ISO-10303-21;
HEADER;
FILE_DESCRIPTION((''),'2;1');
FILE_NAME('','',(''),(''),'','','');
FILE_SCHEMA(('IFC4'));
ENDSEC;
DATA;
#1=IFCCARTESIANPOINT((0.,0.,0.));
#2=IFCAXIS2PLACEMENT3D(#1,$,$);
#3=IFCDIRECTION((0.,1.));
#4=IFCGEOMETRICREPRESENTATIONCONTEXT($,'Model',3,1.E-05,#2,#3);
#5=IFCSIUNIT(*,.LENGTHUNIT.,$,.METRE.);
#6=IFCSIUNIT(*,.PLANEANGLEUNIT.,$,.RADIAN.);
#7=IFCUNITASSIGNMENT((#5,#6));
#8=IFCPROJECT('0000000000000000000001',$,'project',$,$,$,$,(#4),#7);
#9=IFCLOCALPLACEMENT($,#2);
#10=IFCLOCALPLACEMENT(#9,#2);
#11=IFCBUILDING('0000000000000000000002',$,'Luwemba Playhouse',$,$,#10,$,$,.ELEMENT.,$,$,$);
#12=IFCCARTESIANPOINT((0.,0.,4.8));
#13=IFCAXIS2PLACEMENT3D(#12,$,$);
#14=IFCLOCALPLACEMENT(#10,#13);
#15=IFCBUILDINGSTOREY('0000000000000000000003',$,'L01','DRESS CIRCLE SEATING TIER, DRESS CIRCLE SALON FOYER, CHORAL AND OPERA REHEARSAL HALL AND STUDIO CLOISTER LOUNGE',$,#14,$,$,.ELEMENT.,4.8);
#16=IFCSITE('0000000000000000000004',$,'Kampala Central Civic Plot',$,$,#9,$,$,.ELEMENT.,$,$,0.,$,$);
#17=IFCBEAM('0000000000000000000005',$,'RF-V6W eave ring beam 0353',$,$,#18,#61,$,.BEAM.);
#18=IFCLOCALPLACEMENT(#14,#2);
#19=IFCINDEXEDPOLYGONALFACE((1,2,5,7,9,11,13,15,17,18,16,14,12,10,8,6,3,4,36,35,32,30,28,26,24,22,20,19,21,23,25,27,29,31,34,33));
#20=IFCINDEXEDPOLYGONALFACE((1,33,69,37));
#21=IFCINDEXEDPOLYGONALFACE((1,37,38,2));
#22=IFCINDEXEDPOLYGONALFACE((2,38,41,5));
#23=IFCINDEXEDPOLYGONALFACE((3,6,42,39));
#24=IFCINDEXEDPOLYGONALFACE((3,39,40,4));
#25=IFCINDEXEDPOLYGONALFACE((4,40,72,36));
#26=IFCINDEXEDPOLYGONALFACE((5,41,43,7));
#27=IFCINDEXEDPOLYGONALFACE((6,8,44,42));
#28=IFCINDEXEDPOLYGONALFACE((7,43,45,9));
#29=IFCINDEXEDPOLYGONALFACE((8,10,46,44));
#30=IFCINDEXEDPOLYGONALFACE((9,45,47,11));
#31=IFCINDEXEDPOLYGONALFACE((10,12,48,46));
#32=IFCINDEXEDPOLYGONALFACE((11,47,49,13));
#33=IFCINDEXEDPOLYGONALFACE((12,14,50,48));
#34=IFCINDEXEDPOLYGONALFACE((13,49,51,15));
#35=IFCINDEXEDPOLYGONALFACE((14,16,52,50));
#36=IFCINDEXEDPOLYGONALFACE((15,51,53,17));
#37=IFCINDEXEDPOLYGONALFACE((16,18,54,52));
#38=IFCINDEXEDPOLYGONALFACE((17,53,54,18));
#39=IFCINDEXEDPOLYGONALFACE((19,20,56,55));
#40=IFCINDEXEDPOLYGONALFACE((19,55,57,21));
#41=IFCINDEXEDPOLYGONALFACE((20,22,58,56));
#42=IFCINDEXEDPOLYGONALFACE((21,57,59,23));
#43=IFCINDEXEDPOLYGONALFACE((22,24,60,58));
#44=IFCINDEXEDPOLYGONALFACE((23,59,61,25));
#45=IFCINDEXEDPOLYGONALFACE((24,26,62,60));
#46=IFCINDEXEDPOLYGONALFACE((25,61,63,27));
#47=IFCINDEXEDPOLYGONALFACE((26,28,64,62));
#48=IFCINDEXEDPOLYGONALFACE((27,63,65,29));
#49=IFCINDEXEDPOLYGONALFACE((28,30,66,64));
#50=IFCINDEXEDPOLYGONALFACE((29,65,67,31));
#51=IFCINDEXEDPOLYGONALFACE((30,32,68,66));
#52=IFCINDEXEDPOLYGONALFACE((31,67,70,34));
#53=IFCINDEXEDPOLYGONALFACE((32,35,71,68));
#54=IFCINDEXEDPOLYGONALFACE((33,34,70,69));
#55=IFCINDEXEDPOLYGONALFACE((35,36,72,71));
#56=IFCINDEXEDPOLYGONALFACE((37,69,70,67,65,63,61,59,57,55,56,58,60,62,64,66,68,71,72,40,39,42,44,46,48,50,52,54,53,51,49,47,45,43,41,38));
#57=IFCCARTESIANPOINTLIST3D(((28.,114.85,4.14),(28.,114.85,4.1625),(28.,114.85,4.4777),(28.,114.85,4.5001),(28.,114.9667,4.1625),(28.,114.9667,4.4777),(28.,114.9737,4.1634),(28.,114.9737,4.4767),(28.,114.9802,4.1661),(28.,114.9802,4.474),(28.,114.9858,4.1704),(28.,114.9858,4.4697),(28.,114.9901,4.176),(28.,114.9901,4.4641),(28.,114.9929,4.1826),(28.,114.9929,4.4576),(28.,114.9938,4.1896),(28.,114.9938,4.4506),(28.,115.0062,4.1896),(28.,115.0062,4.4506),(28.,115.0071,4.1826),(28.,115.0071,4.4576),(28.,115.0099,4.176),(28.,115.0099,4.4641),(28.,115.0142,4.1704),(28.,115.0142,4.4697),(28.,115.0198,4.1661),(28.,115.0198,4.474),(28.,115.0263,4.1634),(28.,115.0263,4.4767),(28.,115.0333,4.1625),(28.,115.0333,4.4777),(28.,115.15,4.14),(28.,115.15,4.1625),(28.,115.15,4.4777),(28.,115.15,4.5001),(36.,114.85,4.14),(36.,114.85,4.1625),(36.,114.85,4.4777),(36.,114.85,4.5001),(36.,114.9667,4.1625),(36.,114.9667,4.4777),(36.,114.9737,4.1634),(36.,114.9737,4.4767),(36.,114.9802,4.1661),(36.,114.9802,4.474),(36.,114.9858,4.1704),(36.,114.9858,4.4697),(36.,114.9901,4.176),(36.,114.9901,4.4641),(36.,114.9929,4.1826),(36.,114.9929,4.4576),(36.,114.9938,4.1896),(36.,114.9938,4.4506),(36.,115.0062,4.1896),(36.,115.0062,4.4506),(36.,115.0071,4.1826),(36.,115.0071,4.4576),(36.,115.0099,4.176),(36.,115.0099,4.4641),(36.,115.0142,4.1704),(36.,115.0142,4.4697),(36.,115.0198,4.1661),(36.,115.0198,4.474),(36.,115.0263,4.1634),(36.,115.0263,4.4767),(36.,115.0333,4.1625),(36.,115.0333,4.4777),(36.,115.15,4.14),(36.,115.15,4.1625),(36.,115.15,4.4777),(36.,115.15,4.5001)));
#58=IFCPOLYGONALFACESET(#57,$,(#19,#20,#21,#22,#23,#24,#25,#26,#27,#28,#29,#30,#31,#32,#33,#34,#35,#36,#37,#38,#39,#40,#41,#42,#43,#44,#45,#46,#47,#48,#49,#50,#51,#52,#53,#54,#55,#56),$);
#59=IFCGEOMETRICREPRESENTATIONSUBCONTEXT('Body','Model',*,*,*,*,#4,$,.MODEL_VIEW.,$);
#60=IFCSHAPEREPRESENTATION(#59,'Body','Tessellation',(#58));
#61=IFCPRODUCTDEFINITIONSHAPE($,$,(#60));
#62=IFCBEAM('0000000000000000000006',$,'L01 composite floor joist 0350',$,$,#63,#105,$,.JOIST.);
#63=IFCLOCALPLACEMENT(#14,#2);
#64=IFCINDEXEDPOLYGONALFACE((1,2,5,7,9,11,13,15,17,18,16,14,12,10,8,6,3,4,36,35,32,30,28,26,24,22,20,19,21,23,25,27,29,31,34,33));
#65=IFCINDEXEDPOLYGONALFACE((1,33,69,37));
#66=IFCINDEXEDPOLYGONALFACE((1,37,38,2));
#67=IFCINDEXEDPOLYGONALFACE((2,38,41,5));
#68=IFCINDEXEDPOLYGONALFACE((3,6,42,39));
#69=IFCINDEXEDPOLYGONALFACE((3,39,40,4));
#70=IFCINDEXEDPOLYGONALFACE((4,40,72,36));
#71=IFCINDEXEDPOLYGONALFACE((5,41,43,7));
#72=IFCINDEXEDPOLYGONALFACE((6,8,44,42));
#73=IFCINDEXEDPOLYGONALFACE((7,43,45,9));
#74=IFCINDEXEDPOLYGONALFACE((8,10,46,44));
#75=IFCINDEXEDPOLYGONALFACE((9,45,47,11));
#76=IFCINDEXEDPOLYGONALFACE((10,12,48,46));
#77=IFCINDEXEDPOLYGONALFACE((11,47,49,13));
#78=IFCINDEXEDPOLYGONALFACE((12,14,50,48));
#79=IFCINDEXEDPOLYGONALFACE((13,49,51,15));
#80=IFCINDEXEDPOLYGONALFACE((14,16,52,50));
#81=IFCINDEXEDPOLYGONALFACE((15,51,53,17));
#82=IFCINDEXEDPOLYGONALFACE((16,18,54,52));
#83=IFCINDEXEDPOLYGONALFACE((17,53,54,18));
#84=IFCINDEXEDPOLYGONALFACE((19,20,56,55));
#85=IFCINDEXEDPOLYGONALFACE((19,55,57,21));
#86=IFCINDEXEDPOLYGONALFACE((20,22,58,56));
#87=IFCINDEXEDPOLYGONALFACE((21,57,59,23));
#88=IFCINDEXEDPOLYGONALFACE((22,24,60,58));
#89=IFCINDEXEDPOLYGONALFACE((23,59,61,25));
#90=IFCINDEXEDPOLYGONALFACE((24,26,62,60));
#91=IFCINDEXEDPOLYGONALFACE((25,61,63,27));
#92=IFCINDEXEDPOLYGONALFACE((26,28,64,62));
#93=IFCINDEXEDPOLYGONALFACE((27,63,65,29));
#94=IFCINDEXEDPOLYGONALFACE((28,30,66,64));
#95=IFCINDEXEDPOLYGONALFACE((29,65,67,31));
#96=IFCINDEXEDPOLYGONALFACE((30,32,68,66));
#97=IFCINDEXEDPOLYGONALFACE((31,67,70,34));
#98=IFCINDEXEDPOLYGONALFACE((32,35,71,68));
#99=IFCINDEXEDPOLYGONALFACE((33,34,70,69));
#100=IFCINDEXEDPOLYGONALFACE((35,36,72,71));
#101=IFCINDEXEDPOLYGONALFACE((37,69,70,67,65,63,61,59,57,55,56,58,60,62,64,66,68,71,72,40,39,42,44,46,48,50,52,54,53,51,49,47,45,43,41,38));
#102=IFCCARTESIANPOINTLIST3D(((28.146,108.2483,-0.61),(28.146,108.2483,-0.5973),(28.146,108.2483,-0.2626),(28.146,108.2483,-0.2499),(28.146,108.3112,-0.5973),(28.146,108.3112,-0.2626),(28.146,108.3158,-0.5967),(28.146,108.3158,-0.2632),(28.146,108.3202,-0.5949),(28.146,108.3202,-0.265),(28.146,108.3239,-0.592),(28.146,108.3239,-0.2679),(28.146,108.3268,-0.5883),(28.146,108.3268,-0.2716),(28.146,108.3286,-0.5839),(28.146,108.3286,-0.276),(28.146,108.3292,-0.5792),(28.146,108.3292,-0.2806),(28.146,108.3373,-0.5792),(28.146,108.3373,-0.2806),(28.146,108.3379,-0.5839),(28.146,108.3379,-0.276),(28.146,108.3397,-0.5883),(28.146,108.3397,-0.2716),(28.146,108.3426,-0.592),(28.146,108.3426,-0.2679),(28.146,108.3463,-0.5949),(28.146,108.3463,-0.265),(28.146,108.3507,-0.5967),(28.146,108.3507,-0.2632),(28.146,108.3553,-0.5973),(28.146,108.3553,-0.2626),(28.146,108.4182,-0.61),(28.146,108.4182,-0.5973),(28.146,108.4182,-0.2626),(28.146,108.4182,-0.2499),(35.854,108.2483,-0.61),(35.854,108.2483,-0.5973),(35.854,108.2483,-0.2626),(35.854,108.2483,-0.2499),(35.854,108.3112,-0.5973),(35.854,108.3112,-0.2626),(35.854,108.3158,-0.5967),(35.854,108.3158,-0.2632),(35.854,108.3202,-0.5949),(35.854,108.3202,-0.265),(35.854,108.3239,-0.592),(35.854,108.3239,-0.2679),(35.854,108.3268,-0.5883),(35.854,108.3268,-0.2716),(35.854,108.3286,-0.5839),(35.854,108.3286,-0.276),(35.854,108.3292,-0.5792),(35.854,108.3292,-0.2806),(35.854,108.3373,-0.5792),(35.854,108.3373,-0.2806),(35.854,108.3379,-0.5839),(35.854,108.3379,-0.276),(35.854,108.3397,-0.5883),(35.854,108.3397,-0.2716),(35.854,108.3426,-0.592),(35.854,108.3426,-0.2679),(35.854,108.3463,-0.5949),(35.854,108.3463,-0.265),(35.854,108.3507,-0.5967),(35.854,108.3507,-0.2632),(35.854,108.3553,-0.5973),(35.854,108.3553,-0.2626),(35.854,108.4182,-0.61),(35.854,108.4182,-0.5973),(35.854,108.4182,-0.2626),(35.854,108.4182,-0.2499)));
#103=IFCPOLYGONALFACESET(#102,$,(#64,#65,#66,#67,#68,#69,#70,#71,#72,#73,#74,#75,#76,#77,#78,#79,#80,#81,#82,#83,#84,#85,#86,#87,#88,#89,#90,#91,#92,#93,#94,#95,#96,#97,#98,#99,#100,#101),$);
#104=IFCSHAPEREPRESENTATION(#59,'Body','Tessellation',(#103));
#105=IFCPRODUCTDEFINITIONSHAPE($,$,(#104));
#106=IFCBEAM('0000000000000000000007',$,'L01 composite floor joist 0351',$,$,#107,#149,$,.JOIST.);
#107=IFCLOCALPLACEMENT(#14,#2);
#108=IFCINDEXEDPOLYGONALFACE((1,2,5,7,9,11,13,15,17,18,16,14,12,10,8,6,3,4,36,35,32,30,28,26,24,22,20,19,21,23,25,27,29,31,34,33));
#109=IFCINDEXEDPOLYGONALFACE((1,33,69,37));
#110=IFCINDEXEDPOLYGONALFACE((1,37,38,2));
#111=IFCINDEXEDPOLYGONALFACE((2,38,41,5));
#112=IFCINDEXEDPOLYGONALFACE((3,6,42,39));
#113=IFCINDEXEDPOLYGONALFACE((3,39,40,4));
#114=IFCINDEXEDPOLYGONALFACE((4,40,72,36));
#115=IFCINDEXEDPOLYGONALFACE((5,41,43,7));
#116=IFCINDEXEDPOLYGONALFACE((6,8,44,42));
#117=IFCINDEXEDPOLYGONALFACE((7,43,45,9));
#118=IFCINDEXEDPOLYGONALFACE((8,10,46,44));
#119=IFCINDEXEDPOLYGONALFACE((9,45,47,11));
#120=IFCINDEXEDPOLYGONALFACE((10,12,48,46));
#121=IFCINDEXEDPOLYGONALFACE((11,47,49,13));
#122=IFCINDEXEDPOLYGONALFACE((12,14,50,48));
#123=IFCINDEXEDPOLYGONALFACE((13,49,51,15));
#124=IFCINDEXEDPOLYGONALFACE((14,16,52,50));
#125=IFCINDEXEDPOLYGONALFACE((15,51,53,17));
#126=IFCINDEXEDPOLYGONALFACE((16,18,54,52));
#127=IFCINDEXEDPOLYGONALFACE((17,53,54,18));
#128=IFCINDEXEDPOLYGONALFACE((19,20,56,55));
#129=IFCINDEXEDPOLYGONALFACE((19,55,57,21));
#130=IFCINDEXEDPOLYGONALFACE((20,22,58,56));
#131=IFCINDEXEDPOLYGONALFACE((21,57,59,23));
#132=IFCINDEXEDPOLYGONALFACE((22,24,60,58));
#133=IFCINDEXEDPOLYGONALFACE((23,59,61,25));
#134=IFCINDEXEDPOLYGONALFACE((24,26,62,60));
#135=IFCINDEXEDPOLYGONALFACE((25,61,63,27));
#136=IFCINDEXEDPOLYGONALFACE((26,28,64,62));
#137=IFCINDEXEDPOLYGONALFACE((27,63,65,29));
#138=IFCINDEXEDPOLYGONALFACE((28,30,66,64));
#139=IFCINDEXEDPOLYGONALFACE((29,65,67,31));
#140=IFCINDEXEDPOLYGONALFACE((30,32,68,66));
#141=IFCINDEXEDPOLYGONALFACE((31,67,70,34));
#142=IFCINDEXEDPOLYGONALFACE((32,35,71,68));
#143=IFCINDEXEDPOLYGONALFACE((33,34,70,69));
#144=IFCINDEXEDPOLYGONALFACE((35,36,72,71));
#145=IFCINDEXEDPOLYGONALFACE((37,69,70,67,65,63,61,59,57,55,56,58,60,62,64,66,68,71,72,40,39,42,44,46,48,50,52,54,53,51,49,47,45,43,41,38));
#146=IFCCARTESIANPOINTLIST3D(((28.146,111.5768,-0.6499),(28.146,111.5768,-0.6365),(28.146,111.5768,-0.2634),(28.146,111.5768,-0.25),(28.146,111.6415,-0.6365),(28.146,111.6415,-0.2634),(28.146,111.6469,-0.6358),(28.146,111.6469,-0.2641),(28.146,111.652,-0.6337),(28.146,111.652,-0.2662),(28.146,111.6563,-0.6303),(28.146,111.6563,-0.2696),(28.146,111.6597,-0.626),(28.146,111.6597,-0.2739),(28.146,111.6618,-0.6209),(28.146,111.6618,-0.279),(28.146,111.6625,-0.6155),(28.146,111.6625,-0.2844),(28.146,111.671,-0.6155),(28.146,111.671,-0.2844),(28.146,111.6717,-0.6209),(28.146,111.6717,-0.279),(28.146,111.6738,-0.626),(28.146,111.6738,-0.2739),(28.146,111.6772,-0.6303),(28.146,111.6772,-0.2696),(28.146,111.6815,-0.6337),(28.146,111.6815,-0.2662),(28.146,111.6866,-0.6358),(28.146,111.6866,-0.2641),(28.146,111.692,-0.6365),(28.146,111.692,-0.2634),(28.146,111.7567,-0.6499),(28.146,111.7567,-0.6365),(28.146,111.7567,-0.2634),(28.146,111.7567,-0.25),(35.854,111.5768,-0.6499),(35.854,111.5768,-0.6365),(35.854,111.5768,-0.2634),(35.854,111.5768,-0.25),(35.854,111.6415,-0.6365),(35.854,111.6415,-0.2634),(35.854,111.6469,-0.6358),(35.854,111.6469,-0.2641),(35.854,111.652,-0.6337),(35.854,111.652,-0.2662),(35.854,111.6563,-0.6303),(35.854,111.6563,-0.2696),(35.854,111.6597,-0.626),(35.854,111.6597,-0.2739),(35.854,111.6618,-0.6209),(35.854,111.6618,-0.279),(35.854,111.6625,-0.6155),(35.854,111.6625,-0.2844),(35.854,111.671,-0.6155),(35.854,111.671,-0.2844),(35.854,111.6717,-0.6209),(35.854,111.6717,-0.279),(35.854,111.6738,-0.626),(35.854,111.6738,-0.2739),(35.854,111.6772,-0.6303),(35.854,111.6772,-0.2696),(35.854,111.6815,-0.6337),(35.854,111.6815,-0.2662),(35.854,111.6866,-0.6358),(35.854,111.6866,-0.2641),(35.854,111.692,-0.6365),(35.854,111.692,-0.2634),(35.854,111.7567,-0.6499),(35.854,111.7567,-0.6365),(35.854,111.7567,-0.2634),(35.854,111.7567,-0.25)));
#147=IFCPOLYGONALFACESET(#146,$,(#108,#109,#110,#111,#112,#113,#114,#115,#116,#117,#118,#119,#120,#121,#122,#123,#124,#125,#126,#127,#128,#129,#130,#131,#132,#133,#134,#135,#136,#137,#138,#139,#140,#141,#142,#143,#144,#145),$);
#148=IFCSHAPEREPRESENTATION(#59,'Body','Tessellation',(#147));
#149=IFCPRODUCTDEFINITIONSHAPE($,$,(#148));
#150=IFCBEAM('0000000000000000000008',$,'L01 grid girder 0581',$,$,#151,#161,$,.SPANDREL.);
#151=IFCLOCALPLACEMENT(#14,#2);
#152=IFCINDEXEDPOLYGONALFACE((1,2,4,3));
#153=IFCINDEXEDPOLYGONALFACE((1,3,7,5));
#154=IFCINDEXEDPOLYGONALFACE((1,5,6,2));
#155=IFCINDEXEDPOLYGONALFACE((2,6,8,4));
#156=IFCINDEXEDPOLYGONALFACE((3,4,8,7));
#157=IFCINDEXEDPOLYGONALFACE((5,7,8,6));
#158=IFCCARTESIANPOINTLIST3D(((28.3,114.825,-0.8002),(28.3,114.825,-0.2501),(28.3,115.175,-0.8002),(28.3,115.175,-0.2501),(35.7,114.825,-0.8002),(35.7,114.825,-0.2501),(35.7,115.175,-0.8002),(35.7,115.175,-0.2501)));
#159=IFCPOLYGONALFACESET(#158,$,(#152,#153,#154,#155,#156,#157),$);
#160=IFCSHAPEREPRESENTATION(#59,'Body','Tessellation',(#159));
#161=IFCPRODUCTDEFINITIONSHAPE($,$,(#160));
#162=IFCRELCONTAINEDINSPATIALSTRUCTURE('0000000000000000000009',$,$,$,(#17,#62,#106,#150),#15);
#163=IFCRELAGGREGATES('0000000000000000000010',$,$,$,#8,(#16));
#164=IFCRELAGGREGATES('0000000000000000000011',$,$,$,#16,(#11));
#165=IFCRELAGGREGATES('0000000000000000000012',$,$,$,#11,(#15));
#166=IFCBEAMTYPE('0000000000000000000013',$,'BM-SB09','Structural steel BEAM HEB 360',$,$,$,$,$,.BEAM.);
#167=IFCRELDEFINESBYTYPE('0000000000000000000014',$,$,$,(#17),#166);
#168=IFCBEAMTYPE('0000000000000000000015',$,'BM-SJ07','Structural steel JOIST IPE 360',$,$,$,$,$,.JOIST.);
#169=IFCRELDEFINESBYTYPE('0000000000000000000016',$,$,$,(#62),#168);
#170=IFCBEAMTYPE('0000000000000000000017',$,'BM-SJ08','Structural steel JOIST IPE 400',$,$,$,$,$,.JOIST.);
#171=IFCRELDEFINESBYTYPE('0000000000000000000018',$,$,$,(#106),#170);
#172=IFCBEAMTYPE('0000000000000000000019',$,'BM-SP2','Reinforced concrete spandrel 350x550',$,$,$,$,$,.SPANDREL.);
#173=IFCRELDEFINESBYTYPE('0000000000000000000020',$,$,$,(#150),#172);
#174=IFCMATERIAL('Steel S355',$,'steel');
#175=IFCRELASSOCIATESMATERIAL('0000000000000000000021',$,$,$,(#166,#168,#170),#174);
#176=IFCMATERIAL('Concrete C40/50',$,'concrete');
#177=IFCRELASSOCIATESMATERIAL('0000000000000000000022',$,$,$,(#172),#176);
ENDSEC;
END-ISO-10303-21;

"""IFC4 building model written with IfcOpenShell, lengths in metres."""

from ifc_helpers import new_model, si_unit, direction, frame, origin, origin_2d, place, context, subcontext, project, spatial, rectangle, i_section, extrude, material, material_profile, profile_set, type_object, element, save


model = new_model("IFC4")

# Units and contexts
model_context = context("Model", 3, precision=1e-05, world=origin(), true_north=direction((0.0, 1.0)))
body_context = subcontext(model_context, "Body", "Model", "MODEL_VIEW")
ifc_project = project(units=[si_unit("LENGTHUNIT", "METRE"), si_unit("PLANEANGLEUNIT", "RADIAN")], contexts=[model_context])

# Site, building, storey
site_placement = place(None, origin())
site = spatial("IfcSite", under=ifc_project, at=site_placement, Name="Kampala Central Civic Plot", CompositionType="ELEMENT", RefElevation=0.0)
building_placement = place(site_placement, origin())
building = spatial("IfcBuilding", under=site, at=building_placement, Name="Luwemba Playhouse", CompositionType="ELEMENT")
storey_placement = place(building_placement, frame((0.0, 0.0, 4.8)))
storey = spatial("IfcBuildingStorey", under=building, at=storey_placement, Name="L01", Description="DRESS CIRCLE SEATING TIER, DRESS CIRCLE SALON FOYER, CHORAL AND OPERA REHEARSAL HALL AND STUDIO CLOISTER LOUNGE", CompositionType="ELEMENT", Elevation=4.8)

# Shared definitions
ifc_material_1 = material(Name="Concrete C40/50", Category="concrete")

# Beams
ifc_material_2 = material(Name="Steel S355", Category="steel")
ifc_material_profile_1 = material_profile(ifc_material_2, i_section(OverallWidth=0.3, OverallDepth=0.3601, WebThickness=0.0125, FlangeThickness=0.0225, FilletRadius=0.0271, at=origin_2d()))
ifc_profile_set_1 = profile_set([ifc_material_profile_1], Name="Steel S355")
beam_type_1 = type_object("IfcBeamType", Name="BM-SB09", Description="Structural steel BEAM HEB 360", PredefinedType="BEAM", material=ifc_profile_set_1)
beam_1_placement = place(storey_placement, frame((28.0, 115.0, 4.3201), z_axis=(1.0, 0.0, 0.0), x_axis=(0.0, 1.0, 0.0)))
element("IfcBeam", 1, at=beam_1_placement, inside=storey, type_object=beam_type_1, Name="RF-V6W eave ring beam 0353", PredefinedType="BEAM", context=body_context, shape_type="SweptSolid", body=[
    extrude(i_section(OverallWidth=0.3, OverallDepth=0.3601, WebThickness=0.0125, FlangeThickness=0.0225, FilletRadius=0.0271, at=origin_2d()), origin(), (0.0, 0.0, 1.0), 8.0),
])
ifc_material_profile_2 = material_profile(ifc_material_2, i_section(OverallWidth=0.1699, OverallDepth=0.3601, WebThickness=0.0081, FlangeThickness=0.0127, FilletRadius=0.0181, at=origin_2d()))
ifc_profile_set_2 = profile_set([ifc_material_profile_2], Name="Steel S355")
beam_type_2 = type_object("IfcBeamType", Name="BM-SJ07", Description="Structural steel JOIST IPE 360", PredefinedType="JOIST", material=ifc_profile_set_2)
beam_2_placement = place(storey_placement, frame((28.146, 108.3333, -0.4299), z_axis=(1.0, 0.0, 0.0), x_axis=(0.0, 1.0, 0.0)))
element("IfcBeam", 2, at=beam_2_placement, inside=storey, type_object=beam_type_2, Name="L01 composite floor joist 0350", PredefinedType="JOIST", context=body_context, shape_type="SweptSolid", body=[
    extrude(i_section(OverallWidth=0.1699, OverallDepth=0.3601, WebThickness=0.0081, FlangeThickness=0.0127, FilletRadius=0.0181, at=origin_2d()), origin(), (0.0, 0.0, 1.0), 7.708),
])
ifc_material_profile_3 = material_profile(ifc_material_2, i_section(OverallWidth=0.1799, OverallDepth=0.3999, WebThickness=0.0085, FlangeThickness=0.0134, FilletRadius=0.021, at=origin_2d()))
ifc_profile_set_3 = profile_set([ifc_material_profile_3], Name="Steel S355")
beam_type_3 = type_object("IfcBeamType", Name="BM-SJ08", Description="Structural steel JOIST IPE 400", PredefinedType="JOIST", material=ifc_profile_set_3)
beam_3_placement = place(storey_placement, frame((28.146, 111.6667, -0.45), z_axis=(1.0, 0.0, 0.0), x_axis=(0.0, 1.0, 0.0)))
element("IfcBeam", 3, at=beam_3_placement, inside=storey, type_object=beam_type_3, Name="L01 composite floor joist 0351", PredefinedType="JOIST", context=body_context, shape_type="SweptSolid", body=[
    extrude(i_section(OverallWidth=0.1799, OverallDepth=0.3999, WebThickness=0.0085, FlangeThickness=0.0134, FilletRadius=0.021, at=origin_2d()), origin(), (0.0, 0.0, 1.0), 7.708),
])
ifc_material_profile_4 = material_profile(ifc_material_1, rectangle(XDim=0.3501, YDim=0.55, at=origin_2d()))
ifc_profile_set_4 = profile_set([ifc_material_profile_4], Name="Concrete C40/50")
beam_type_4 = type_object("IfcBeamType", Name="BM-SP2", Description="Reinforced concrete spandrel 350x550", PredefinedType="SPANDREL", material=ifc_profile_set_4)
beam_4_placement = place(storey_placement, frame((28.3, 115.0, -0.5251), z_axis=(1.0, 0.0, 0.0), x_axis=(0.0, 1.0, 0.0)))
element("IfcBeam", 4, at=beam_4_placement, inside=storey, type_object=beam_type_4, Name="L01 grid girder 0581", PredefinedType="SPANDREL", context=body_context, shape_type="SweptSolid", body=[
    extrude(rectangle(XDim=0.3501, YDim=0.55, at=origin_2d()), origin(), (0.0, 0.0, 1.0), 7.3999),
])

save(model, "model.ifc")
